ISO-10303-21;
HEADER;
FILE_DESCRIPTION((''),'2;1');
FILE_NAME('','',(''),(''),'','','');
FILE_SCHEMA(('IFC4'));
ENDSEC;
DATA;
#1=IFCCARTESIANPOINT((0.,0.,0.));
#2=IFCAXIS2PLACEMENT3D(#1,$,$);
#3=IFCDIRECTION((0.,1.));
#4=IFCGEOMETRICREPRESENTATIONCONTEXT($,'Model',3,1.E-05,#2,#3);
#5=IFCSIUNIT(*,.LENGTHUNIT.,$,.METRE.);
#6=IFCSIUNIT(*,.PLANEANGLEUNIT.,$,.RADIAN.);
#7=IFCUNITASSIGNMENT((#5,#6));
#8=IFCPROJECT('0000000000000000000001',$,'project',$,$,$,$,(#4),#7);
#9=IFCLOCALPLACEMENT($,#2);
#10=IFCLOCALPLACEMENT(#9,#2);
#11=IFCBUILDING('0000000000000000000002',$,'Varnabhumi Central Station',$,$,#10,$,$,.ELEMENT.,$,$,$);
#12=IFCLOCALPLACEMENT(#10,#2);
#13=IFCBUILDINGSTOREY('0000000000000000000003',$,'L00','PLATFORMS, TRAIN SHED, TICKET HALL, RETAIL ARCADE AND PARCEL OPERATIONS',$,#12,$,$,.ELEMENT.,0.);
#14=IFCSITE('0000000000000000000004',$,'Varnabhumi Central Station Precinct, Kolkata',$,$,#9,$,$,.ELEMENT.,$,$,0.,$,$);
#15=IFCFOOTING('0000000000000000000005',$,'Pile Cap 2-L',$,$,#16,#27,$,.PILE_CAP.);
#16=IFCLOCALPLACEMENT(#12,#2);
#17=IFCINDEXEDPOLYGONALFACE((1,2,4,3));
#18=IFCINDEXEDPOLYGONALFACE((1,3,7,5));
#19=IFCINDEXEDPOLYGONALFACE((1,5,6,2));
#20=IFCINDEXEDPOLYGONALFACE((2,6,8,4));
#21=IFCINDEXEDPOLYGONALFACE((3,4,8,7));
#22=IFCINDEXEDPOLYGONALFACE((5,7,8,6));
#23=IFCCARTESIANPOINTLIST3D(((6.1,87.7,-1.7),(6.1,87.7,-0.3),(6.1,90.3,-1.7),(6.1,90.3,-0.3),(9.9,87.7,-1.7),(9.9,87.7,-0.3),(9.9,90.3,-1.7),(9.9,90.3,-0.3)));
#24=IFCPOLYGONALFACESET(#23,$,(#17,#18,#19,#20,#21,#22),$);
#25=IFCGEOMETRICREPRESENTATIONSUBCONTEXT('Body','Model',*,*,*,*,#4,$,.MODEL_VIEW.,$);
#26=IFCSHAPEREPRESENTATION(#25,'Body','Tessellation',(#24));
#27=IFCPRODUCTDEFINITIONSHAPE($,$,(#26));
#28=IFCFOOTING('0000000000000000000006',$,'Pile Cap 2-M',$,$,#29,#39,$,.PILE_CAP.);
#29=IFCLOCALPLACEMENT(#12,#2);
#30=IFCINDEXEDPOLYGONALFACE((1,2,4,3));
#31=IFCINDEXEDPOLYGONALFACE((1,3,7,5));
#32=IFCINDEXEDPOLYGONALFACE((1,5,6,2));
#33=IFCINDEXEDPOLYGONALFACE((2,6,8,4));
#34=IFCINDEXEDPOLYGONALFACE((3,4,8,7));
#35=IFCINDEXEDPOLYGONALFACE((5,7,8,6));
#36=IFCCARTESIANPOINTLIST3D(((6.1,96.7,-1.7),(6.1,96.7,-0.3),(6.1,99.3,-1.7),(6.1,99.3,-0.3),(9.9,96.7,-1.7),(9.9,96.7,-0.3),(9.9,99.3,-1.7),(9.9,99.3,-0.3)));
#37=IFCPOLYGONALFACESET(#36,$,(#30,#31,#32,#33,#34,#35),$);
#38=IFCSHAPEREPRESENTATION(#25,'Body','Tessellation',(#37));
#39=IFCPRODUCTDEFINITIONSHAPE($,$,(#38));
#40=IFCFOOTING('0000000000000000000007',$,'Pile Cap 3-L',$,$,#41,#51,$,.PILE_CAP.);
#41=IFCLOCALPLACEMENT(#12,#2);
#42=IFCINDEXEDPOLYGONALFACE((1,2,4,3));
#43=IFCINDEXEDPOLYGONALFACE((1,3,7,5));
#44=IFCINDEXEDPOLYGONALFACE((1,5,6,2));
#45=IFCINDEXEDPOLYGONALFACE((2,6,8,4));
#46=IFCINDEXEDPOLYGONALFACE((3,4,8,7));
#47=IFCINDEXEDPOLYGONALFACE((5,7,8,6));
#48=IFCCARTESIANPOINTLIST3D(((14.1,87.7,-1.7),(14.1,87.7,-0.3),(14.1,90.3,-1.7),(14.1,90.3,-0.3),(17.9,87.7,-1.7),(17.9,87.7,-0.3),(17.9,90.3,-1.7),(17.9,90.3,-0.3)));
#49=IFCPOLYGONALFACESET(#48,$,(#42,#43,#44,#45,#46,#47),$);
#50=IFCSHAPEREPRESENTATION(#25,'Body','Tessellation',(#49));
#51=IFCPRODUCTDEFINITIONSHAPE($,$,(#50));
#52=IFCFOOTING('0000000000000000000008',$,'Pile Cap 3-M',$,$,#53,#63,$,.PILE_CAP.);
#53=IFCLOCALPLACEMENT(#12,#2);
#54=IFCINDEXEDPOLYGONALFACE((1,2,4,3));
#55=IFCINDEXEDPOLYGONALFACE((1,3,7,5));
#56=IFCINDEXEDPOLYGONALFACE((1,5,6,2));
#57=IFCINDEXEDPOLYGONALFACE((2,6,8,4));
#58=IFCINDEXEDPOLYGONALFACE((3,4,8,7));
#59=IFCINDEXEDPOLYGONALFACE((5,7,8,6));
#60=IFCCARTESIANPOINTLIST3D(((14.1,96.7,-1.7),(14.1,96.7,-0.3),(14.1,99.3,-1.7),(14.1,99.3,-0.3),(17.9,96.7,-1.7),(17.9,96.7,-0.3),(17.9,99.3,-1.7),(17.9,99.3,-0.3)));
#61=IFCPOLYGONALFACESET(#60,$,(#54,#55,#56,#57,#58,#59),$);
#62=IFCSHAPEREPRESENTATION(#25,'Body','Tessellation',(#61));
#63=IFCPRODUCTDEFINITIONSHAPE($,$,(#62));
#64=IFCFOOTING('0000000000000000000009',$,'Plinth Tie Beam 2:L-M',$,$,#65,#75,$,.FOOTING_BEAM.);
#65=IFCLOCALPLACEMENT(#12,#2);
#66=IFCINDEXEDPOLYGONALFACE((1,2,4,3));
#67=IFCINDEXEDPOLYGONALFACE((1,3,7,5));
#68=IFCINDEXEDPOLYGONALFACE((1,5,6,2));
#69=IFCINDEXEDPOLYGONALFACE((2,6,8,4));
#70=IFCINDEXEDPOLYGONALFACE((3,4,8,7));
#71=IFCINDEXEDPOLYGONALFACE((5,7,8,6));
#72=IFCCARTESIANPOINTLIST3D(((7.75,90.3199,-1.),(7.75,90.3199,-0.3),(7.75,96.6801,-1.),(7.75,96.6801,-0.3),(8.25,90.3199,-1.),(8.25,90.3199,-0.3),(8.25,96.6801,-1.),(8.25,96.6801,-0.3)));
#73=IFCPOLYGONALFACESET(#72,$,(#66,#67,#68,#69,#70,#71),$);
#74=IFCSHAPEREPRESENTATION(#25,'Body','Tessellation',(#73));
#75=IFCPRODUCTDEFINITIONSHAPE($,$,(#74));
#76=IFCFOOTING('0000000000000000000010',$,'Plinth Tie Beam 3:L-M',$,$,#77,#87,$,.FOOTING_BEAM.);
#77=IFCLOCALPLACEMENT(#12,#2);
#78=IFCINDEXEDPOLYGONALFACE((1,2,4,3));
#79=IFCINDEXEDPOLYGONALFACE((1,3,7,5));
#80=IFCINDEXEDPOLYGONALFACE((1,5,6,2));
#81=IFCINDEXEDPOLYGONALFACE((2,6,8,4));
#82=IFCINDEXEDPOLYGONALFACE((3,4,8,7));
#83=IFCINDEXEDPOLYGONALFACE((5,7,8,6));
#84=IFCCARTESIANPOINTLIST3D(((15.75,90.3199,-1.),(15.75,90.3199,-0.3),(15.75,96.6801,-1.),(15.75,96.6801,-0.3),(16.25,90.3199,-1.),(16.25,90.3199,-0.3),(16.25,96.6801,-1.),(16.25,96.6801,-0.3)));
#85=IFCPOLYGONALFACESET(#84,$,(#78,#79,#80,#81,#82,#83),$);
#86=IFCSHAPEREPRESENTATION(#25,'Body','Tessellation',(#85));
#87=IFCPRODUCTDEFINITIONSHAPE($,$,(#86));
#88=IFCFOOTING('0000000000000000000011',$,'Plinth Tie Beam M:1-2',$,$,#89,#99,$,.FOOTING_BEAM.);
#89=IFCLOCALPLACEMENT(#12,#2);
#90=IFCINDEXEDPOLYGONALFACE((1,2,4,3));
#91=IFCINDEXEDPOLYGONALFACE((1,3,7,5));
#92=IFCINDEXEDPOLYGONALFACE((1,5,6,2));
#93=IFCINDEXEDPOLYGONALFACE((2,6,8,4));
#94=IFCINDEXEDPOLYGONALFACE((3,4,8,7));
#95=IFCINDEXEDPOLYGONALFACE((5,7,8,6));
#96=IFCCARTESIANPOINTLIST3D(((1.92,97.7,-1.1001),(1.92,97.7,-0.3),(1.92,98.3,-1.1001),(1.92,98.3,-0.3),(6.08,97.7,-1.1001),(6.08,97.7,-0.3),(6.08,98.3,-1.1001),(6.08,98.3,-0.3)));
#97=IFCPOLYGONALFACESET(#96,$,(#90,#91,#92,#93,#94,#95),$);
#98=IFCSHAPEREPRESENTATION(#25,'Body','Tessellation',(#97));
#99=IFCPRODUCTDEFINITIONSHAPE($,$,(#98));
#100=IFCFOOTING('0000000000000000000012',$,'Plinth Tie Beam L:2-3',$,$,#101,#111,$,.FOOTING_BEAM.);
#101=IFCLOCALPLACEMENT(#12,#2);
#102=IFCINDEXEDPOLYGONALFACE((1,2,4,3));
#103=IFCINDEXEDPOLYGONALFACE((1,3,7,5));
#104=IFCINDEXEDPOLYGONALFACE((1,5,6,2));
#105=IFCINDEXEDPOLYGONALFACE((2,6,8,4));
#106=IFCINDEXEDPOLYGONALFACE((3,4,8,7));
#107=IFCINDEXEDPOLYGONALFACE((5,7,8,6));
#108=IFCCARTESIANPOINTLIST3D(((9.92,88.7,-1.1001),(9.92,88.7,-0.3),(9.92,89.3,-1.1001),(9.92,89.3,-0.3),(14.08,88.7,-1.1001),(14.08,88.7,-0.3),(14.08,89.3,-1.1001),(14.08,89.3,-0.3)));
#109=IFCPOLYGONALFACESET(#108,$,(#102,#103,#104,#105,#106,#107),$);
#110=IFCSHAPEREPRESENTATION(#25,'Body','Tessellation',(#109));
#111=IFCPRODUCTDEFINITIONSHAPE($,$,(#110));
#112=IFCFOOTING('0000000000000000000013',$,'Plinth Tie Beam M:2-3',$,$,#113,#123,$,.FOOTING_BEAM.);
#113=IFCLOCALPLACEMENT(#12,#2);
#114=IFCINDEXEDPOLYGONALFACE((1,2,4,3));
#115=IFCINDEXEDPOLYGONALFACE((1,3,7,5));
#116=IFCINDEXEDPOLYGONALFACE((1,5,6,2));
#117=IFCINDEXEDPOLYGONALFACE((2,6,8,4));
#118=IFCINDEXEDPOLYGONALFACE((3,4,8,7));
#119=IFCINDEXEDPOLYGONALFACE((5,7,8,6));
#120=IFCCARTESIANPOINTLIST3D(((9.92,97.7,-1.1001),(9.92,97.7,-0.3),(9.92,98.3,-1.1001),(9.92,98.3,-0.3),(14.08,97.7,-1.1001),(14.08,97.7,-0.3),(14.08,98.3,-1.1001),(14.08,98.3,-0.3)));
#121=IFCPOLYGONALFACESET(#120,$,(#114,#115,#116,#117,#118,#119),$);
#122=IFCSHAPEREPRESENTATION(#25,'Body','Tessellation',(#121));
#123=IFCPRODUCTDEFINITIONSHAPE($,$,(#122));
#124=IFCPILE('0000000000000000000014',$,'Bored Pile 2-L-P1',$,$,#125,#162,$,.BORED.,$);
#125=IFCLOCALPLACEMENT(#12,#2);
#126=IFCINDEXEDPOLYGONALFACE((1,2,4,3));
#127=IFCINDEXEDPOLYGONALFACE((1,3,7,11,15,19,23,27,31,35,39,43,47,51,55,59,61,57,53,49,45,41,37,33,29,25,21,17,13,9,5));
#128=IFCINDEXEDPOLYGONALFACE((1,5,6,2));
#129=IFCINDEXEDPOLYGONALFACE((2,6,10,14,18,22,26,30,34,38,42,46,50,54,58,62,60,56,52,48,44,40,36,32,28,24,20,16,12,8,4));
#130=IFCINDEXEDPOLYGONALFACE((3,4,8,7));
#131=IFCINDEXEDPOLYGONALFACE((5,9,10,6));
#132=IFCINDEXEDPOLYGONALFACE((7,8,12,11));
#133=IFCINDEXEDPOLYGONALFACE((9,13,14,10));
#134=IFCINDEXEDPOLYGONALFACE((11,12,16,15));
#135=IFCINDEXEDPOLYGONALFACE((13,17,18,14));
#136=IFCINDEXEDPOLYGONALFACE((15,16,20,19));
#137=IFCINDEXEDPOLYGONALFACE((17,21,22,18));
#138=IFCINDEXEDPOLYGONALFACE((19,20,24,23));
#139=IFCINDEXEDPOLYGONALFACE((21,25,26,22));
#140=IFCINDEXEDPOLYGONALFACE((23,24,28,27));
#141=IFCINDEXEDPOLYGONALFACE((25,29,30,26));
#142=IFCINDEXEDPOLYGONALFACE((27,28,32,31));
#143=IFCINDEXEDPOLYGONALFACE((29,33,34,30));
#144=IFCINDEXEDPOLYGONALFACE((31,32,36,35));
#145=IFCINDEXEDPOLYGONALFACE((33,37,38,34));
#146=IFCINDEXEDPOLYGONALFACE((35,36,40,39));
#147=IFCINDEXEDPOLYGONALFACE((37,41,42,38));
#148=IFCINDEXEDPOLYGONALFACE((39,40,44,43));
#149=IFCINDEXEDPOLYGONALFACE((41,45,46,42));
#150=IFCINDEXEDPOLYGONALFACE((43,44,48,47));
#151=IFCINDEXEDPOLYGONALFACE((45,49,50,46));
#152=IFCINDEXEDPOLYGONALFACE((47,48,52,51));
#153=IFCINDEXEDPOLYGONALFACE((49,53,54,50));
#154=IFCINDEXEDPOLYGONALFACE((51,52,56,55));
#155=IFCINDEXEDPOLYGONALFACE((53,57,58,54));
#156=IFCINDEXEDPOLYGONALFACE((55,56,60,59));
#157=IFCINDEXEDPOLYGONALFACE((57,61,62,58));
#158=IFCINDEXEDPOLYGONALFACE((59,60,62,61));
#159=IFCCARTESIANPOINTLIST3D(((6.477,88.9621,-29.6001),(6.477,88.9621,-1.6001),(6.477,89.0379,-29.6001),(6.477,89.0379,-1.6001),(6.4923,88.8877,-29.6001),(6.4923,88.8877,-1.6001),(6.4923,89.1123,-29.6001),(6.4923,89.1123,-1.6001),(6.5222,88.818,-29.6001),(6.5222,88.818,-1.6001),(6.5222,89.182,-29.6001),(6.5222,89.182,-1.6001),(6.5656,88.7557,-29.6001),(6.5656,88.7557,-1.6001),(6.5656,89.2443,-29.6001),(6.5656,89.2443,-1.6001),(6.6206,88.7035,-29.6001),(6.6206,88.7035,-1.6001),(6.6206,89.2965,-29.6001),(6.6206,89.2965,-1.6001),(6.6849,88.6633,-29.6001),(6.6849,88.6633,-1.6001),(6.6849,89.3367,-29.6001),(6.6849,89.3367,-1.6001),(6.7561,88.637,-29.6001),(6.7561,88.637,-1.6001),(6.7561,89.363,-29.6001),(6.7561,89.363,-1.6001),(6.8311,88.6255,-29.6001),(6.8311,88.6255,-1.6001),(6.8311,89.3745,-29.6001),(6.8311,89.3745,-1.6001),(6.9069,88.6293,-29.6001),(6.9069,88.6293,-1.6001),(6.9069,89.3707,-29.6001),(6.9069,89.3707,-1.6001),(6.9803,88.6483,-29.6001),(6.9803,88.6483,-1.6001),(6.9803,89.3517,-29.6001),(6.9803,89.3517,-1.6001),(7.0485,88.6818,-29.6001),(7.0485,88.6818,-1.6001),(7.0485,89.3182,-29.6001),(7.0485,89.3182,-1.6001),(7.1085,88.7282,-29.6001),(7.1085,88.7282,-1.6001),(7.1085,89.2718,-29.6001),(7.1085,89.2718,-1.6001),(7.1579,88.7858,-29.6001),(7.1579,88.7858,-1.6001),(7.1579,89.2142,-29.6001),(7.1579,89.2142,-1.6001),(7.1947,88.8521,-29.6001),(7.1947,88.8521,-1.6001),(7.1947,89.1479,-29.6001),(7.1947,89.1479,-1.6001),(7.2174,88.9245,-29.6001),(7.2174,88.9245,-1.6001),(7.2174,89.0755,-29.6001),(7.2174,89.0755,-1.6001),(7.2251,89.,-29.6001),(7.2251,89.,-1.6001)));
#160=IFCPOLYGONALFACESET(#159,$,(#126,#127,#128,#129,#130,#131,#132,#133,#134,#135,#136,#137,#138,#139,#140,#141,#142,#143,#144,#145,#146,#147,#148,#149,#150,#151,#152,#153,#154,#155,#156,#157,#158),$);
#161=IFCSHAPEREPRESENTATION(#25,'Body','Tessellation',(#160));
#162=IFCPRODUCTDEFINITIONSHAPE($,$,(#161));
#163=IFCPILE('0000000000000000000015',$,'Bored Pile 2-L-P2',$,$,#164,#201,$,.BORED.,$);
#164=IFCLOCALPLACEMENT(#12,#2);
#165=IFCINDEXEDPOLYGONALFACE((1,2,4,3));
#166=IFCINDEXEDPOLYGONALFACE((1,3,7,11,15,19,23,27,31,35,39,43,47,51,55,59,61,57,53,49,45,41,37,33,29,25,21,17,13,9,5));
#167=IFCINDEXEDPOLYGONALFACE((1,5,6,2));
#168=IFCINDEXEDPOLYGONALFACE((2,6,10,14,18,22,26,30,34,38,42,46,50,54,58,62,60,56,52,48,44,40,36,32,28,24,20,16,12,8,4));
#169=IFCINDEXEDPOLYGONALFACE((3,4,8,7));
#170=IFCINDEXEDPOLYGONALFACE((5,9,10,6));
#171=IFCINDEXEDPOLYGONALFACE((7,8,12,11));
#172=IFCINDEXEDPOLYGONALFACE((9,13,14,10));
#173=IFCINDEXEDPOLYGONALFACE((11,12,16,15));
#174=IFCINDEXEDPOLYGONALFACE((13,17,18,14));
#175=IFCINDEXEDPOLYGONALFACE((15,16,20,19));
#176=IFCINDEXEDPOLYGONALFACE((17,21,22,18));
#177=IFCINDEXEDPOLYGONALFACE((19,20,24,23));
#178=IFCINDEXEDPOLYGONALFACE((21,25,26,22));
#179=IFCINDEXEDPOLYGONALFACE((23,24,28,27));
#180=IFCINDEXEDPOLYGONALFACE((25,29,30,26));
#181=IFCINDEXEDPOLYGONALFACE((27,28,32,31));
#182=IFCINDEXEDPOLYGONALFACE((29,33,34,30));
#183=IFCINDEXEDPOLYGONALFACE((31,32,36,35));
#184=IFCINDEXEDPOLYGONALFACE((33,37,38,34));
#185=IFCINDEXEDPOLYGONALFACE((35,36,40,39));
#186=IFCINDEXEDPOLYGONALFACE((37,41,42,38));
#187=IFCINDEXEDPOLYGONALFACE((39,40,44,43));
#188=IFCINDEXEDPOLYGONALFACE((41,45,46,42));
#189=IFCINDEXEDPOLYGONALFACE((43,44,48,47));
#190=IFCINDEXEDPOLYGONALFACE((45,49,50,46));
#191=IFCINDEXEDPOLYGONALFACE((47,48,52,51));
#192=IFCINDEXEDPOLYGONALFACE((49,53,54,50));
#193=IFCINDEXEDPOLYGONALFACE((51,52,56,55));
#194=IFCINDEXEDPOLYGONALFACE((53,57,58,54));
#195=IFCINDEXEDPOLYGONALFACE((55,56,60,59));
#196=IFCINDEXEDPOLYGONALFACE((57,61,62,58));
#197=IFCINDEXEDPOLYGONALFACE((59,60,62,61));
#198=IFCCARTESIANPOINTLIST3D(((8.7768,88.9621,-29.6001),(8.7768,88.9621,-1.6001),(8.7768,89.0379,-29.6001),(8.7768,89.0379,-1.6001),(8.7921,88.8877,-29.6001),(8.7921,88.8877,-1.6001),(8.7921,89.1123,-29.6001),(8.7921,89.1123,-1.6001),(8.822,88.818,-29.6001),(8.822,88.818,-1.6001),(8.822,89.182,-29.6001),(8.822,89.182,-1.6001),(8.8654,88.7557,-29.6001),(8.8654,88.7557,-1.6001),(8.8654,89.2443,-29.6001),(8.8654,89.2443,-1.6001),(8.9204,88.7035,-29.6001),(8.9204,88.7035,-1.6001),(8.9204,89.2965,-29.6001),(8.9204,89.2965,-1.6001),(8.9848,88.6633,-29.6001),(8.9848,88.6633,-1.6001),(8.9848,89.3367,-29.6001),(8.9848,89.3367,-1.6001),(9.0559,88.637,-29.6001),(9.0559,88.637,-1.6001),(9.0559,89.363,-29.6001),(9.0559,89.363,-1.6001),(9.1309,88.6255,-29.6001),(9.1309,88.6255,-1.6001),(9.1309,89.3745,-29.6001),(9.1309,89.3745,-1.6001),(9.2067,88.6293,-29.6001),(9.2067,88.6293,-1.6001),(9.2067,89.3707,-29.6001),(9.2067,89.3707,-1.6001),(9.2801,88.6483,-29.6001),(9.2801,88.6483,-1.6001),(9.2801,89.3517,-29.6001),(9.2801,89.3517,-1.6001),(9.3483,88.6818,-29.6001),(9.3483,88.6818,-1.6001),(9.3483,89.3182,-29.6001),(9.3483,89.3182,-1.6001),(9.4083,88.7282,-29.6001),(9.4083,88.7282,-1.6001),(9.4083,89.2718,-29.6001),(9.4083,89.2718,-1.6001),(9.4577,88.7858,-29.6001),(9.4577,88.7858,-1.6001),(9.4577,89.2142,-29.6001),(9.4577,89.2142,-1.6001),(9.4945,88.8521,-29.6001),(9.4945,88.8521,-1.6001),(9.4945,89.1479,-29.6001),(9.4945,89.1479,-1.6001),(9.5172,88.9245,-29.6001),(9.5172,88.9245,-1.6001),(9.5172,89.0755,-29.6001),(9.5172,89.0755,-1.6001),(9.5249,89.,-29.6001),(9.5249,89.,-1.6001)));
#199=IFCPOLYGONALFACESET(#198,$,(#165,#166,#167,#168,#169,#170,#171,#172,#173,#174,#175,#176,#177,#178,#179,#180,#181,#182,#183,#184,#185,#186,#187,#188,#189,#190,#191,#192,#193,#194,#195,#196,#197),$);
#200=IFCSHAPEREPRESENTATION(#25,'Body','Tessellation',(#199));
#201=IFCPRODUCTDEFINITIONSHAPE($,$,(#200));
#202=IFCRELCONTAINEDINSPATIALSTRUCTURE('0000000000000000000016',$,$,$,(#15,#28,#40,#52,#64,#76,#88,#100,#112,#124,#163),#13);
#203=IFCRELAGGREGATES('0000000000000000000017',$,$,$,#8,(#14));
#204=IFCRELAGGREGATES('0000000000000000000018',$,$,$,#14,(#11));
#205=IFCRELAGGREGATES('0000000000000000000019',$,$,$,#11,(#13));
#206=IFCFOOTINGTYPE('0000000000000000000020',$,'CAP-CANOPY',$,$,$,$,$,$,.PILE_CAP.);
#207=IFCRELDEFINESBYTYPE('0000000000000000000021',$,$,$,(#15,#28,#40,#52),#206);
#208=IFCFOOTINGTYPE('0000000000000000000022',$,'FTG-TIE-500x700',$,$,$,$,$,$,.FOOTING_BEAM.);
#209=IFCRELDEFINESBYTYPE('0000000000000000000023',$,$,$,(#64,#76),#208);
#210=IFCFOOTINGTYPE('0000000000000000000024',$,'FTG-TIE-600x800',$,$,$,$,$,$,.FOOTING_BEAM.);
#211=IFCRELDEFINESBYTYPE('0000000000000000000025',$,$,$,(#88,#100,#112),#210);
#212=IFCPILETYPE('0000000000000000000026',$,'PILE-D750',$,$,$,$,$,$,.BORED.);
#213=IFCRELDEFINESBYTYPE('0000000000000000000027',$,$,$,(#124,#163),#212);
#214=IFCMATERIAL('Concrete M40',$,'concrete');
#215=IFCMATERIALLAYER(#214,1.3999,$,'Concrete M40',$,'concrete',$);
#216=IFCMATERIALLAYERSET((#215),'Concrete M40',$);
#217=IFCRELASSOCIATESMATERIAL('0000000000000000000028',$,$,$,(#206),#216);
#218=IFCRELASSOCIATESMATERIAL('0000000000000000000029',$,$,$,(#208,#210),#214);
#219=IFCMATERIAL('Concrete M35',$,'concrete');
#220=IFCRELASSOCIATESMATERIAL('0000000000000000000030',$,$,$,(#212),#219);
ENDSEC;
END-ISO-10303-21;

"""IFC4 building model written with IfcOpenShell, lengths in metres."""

from ifc_helpers import new_model, si_unit, direction, frame, origin, origin_2d, place, context, subcontext, project, spatial, rectangle, circle, extrude, material, layer, layer_set, material_profile, profile_set, type_object, element, save


model = new_model("IFC4")

# Units and contexts
model_context = context("Model", 3, precision=1e-05, world=origin(), true_north=direction((0.0, 1.0)))
body_context = subcontext(model_context, "Body", "Model", "MODEL_VIEW")
ifc_project = project(units=[si_unit("LENGTHUNIT", "METRE"), si_unit("PLANEANGLEUNIT", "RADIAN")], contexts=[model_context])

# Site, building, storey
site_placement = place(None, origin())
site = spatial("IfcSite", under=ifc_project, at=site_placement, Name="Varnabhumi Central Station Precinct, Kolkata", CompositionType="ELEMENT", RefElevation=0.0)
building_placement = place(site_placement, origin())
building = spatial("IfcBuilding", under=site, at=building_placement, Name="Varnabhumi Central Station", CompositionType="ELEMENT")
storey_placement = place(building_placement, origin())
storey = spatial("IfcBuildingStorey", under=building, at=storey_placement, Name="L00", Description="PLATFORMS, TRAIN SHED, TICKET HALL, RETAIL ARCADE AND PARCEL OPERATIONS", CompositionType="ELEMENT", Elevation=0.0)

# Footings
ifc_material_1 = material(Name="Concrete M40", Category="concrete")
ifc_layer_1 = layer(ifc_material_1, 1.3999, Name="Concrete M40", Category="concrete")
ifc_layer_set_1 = layer_set([ifc_layer_1], Name="Concrete M40")
footing_type_1 = type_object("IfcFootingType", Name="CAP-CANOPY", PredefinedType="PILE_CAP", material=ifc_layer_set_1)
for number, where, z_axis, x_axis, name in (
    (1, (8.0, 89.0, -1.7), (0.0, 0.0, 1.0), (1.0, 0.0, 0.0), "Pile Cap 2-L"),
    (2, (8.0, 98.0, -1.7), (0.0, 0.0, 1.0), (1.0, 0.0, 0.0), "Pile Cap 2-M"),
    (3, (16.0, 89.0, -1.7), (0.0, 0.0, 1.0), (1.0, 0.0, 0.0), "Pile Cap 3-L"),
    (4, (16.0, 98.0, -1.7), (0.0, 0.0, 1.0), (1.0, 0.0, 0.0), "Pile Cap 3-M"),
):
    element("IfcFooting", number, at=place(storey_placement, frame(where, z_axis=z_axis, x_axis=x_axis)), inside=storey, type_object=footing_type_1, Name=name, PredefinedType="PILE_CAP", context=body_context, shape_type="SweptSolid", body=[
        extrude(rectangle(XDim=3.8, YDim=2.6001, at=origin_2d()), origin(), (0.0, 0.0, 1.0), 1.3999),
    ])
footing_type_2 = type_object("IfcFootingType", Name="FTG-TIE-500x700", PredefinedType="FOOTING_BEAM", material=ifc_material_1)
for number, where, z_axis, x_axis, name in (
    (5, (8.0, 93.5, -1.0), (0.0, 0.0, 1.0), (1.0, 0.0, 0.0), "Plinth Tie Beam 2:L-M"),
    (6, (16.0, 93.5, -1.0), (0.0, 0.0, 1.0), (1.0, 0.0, 0.0), "Plinth Tie Beam 3:L-M"),
):
    element("IfcFooting", number, at=place(storey_placement, frame(where, z_axis=z_axis, x_axis=x_axis)), inside=storey, type_object=footing_type_2, Name=name, PredefinedType="FOOTING_BEAM", context=body_context, shape_type="SweptSolid", body=[
        extrude(rectangle(XDim=0.5, YDim=6.3601, at=origin_2d()), origin(), (0.0, 0.0, 1.0), 0.7),
    ])
footing_type_3 = type_object("IfcFootingType", Name="FTG-TIE-600x800", PredefinedType="FOOTING_BEAM", material=ifc_material_1)
for number, where, z_axis, x_axis, name in (
    (7, (4.0, 98.0, -1.1001), (0.0, 0.0, 1.0), (1.0, 0.0, 0.0), "Plinth Tie Beam M:1-2"),
    (8, (12.0, 89.0, -1.1001), (0.0, 0.0, 1.0), (1.0, 0.0, 0.0), "Plinth Tie Beam L:2-3"),
    (9, (12.0, 98.0, -1.1001), (0.0, 0.0, 1.0), (1.0, 0.0, 0.0), "Plinth Tie Beam M:2-3"),
):
    element("IfcFooting", number, at=place(storey_placement, frame(where, z_axis=z_axis, x_axis=x_axis)), inside=storey, type_object=footing_type_3, Name=name, PredefinedType="FOOTING_BEAM", context=body_context, shape_type="SweptSolid", body=[
        extrude(rectangle(XDim=4.1599, YDim=0.6001, at=origin_2d()), origin(), (0.0, 0.0, 1.0), 0.8),
    ])

# Piles
ifc_material_2 = material(Name="Concrete M35", Category="concrete")
ifc_material_profile_1 = material_profile(ifc_material_2, circle(Radius=0.375, at=origin_2d()), Name="Concrete M35", Category="concrete")
ifc_profile_set_1 = profile_set([ifc_material_profile_1], Name="Concrete M35")
pile_type_1 = type_object("IfcPileType", Name="PILE-D750", PredefinedType="BORED", material=ifc_profile_set_1)
for number, where, z_axis, x_axis, name in (
    (10, (6.8501, 89.0, -1.6001), (0.0, 0.0, -1.0), (1.0, 0.0, 0.0), "Bored Pile 2-L-P1"),
    (11, (9.1499, 89.0, -1.6001), (0.0, 0.0, -1.0), (1.0, 0.0, 0.0), "Bored Pile 2-L-P2"),
):
    element("IfcPile", number, at=place(storey_placement, frame(where, z_axis=z_axis, x_axis=x_axis)), inside=storey, type_object=pile_type_1, Name=name, PredefinedType="BORED", context=body_context, shape_type="SweptSolid", body=[
        extrude(circle(Radius=0.375, at=origin_2d()), origin(), (0.0, 0.0, 1.0), 28.0),
    ])

save(model, "model.ifc")
